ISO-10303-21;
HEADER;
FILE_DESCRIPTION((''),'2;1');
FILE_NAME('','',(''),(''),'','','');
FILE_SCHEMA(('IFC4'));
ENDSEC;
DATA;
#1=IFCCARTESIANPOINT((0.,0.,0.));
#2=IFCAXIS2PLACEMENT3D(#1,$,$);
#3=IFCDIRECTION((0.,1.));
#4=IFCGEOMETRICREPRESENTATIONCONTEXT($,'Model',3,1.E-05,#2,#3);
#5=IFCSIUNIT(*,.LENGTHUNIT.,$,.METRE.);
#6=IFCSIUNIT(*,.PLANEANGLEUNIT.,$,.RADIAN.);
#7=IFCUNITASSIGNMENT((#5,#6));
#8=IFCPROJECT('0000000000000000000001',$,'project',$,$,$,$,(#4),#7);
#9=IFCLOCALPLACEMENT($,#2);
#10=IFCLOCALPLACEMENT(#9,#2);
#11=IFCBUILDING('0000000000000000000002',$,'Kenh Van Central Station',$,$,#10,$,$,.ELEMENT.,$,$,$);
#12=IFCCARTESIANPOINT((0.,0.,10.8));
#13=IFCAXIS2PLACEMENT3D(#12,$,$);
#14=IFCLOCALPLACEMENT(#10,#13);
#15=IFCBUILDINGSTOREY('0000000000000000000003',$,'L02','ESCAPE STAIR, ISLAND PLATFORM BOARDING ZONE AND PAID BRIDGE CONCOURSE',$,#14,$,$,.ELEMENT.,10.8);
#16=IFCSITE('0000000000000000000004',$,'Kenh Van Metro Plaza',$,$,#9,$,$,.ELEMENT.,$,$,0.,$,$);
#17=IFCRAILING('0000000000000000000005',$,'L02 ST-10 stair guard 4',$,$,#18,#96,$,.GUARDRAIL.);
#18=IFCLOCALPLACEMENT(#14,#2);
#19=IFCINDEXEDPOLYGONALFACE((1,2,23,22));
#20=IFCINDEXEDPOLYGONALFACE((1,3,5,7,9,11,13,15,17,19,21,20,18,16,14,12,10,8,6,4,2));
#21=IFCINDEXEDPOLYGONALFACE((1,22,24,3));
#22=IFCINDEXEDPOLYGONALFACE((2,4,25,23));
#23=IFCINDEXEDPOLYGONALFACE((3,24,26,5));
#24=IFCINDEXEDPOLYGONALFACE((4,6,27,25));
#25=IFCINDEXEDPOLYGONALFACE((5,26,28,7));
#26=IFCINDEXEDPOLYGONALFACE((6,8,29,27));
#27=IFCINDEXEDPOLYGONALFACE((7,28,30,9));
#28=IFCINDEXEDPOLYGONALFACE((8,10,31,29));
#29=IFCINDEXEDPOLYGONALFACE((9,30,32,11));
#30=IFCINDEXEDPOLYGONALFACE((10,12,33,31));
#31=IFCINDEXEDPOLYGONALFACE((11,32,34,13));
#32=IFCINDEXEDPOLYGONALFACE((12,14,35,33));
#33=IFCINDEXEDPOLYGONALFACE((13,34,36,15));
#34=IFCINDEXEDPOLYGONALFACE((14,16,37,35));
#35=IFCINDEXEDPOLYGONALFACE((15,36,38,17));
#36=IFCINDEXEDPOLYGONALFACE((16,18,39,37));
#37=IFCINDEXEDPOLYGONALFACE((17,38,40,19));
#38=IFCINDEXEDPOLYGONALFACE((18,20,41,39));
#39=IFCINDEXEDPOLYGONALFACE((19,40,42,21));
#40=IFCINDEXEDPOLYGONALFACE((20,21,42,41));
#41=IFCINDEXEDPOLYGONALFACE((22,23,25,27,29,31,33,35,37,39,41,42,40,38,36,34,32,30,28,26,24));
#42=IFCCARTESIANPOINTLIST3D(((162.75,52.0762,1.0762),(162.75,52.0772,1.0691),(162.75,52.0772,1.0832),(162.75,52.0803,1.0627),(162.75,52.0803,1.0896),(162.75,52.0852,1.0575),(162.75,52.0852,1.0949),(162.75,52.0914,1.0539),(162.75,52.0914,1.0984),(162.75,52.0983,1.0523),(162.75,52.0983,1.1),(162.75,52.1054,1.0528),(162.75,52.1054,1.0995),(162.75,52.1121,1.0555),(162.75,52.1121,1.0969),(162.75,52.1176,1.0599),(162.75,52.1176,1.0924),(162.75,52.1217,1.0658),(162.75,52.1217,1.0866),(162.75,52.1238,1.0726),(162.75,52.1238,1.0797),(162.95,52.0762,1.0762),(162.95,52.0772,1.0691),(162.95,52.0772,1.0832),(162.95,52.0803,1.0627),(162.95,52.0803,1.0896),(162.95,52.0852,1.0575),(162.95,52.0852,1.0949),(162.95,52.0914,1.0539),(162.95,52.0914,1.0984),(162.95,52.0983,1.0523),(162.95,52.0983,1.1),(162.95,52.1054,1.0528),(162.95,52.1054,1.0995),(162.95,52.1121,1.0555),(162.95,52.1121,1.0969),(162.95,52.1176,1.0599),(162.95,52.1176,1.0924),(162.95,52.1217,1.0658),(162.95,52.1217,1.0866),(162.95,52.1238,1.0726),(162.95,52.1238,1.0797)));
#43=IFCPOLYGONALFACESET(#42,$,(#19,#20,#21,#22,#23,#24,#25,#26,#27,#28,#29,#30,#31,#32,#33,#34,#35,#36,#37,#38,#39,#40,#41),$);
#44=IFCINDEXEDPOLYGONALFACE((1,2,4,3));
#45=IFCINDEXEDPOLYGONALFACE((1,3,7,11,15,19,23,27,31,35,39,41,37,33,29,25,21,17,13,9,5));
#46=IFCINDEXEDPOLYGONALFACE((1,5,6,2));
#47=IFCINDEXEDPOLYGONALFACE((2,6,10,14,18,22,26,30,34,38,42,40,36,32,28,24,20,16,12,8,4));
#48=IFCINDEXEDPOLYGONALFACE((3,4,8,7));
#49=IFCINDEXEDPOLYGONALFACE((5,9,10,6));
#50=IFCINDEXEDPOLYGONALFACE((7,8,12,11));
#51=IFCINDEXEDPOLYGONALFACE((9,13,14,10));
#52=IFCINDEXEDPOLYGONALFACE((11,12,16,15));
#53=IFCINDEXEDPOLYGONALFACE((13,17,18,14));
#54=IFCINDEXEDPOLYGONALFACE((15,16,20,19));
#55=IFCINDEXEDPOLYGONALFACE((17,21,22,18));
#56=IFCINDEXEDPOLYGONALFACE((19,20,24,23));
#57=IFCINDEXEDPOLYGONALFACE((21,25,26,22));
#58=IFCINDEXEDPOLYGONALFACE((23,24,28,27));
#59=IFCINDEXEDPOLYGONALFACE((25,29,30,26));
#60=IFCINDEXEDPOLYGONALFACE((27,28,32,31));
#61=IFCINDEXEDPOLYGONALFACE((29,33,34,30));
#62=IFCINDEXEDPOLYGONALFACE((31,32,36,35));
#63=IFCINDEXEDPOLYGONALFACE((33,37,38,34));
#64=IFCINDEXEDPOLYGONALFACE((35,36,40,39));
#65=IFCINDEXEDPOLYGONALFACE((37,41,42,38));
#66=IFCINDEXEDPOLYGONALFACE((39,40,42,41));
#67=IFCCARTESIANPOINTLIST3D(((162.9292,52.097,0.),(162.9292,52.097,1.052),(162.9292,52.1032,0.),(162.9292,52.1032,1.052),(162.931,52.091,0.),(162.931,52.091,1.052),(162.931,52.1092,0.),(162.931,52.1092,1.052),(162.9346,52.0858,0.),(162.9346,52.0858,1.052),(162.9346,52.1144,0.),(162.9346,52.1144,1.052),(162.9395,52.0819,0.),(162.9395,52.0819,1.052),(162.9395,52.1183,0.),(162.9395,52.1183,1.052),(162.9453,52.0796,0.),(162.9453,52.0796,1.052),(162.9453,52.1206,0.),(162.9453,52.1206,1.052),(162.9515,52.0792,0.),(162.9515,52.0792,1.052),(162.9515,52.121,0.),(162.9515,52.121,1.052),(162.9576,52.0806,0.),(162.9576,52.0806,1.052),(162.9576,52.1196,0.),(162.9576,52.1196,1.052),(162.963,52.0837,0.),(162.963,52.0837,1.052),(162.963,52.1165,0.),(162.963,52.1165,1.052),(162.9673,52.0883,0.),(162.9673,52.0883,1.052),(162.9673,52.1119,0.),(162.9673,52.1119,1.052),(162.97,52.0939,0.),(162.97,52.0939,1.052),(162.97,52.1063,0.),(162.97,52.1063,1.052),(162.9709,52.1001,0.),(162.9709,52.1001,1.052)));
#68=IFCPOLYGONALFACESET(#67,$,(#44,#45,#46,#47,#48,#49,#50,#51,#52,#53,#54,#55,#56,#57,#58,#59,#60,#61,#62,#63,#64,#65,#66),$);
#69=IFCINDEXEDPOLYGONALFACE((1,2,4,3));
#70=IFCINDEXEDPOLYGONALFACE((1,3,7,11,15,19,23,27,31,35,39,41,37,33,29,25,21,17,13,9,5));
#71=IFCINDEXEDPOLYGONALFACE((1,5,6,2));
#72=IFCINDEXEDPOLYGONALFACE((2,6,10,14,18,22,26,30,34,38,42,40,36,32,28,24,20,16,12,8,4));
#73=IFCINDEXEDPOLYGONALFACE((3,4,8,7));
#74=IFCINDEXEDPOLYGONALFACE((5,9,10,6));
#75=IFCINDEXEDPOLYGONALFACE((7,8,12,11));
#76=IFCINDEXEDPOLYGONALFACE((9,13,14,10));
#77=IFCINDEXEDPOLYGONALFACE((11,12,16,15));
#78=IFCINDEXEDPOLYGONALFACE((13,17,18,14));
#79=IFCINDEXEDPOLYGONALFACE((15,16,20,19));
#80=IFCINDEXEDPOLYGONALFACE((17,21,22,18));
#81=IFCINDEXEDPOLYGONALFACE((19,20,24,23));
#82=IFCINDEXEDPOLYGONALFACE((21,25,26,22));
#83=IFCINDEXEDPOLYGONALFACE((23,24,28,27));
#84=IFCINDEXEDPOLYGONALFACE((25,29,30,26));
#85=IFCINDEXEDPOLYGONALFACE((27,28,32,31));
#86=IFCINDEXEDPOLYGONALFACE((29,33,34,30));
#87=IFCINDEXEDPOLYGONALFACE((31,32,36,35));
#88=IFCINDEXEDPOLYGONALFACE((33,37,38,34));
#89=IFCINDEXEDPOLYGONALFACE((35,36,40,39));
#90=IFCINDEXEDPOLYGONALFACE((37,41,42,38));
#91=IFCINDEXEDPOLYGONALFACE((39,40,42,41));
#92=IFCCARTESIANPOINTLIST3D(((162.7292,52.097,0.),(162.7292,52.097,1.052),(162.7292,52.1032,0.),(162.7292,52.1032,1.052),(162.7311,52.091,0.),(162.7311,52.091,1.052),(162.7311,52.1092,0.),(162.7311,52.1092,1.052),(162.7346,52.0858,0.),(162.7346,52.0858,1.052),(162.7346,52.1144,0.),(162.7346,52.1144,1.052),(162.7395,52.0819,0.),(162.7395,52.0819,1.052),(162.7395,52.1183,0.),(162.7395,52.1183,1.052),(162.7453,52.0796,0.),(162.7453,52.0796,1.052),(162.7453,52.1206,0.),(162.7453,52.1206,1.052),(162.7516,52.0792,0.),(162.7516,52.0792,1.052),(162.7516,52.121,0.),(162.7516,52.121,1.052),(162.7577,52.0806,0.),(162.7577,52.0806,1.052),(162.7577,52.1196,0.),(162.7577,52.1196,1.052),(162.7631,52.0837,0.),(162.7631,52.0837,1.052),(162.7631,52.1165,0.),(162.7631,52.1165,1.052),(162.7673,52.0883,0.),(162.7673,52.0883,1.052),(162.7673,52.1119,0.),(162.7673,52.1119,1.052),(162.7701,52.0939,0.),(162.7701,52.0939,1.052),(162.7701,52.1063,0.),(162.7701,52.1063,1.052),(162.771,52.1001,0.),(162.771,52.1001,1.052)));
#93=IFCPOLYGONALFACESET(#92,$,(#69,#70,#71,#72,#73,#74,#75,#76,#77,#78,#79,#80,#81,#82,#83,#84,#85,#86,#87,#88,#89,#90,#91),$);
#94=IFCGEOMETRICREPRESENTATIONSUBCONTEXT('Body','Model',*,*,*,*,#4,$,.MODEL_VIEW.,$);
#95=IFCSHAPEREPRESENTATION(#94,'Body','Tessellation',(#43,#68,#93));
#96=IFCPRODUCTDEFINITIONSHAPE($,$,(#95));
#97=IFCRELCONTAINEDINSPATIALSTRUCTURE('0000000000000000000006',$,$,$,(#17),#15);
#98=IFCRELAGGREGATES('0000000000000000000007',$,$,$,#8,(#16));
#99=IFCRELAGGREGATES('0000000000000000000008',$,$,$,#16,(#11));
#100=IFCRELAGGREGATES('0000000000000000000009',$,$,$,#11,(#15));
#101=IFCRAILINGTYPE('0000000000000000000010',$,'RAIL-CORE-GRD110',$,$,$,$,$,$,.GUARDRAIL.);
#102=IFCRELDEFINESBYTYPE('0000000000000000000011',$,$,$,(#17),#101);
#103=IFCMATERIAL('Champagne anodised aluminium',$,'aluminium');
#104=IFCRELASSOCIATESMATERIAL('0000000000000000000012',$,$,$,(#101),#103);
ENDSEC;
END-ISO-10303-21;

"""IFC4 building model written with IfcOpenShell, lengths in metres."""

from ifc_helpers import new_model, si_unit, direction, frame, origin, origin_2d, place, context, subcontext, project, spatial, circle, extrude, material, type_object, element, save


model = new_model("IFC4")

# Units and contexts
model_context = context("Model", 3, precision=1e-05, world=origin(), true_north=direction((0.0, 1.0)))
body_context = subcontext(model_context, "Body", "Model", "MODEL_VIEW")
ifc_project = project(units=[si_unit("LENGTHUNIT", "METRE"), si_unit("PLANEANGLEUNIT", "RADIAN")], contexts=[model_context])

# Site, building, storey
site_placement = place(None, origin())
site = spatial("IfcSite", under=ifc_project, at=site_placement, Name="Kenh Van Metro Plaza", CompositionType="ELEMENT", RefElevation=0.0)
building_placement = place(site_placement, origin())
building = spatial("IfcBuilding", under=site, at=building_placement, Name="Kenh Van Central Station", CompositionType="ELEMENT")
storey_placement = place(building_placement, frame((0.0, 0.0, 10.8)))
storey = spatial("IfcBuildingStorey", under=building, at=storey_placement, Name="L02", Description="ESCAPE STAIR, ISLAND PLATFORM BOARDING ZONE AND PAID BRIDGE CONCOURSE", CompositionType="ELEMENT", Elevation=10.8)

# Shared definitions
ifc_material_1 = material(Name="Champagne anodised aluminium", Category="aluminium")

# Railing
railing_type_1 = type_object("IfcRailingType", Name="RAIL-CORE-GRD110", PredefinedType="GUARDRAIL", material=ifc_material_1)
railing_1_placement = place(storey_placement, frame((162.95, 52.1001, 0.0)))
element("IfcRailing", 1, at=railing_1_placement, inside=storey, type_object=railing_type_1, Name="L02 ST-10 stair guard 4", PredefinedType="GUARDRAIL", context=body_context, shape_type="SweptSolid", body=[
    extrude(circle(Radius=0.0239, at=origin_2d()), frame((0.0, 0.0, 1.0762), z_axis=(-1.0, 0.0, 0.0), x_axis=(0.0, -1.0, 0.0)), (0.0, 0.0, 1.0), 0.2),
    extrude(circle(Radius=0.021, at=origin_2d()), origin(), (0.0, 0.0, 1.0), 1.052),
    extrude(circle(Radius=0.021, at=origin_2d()), frame((-0.2, 0.0, 0.0)), (0.0, 0.0, 1.0), 1.052),
])

save(model, "model.ifc")
